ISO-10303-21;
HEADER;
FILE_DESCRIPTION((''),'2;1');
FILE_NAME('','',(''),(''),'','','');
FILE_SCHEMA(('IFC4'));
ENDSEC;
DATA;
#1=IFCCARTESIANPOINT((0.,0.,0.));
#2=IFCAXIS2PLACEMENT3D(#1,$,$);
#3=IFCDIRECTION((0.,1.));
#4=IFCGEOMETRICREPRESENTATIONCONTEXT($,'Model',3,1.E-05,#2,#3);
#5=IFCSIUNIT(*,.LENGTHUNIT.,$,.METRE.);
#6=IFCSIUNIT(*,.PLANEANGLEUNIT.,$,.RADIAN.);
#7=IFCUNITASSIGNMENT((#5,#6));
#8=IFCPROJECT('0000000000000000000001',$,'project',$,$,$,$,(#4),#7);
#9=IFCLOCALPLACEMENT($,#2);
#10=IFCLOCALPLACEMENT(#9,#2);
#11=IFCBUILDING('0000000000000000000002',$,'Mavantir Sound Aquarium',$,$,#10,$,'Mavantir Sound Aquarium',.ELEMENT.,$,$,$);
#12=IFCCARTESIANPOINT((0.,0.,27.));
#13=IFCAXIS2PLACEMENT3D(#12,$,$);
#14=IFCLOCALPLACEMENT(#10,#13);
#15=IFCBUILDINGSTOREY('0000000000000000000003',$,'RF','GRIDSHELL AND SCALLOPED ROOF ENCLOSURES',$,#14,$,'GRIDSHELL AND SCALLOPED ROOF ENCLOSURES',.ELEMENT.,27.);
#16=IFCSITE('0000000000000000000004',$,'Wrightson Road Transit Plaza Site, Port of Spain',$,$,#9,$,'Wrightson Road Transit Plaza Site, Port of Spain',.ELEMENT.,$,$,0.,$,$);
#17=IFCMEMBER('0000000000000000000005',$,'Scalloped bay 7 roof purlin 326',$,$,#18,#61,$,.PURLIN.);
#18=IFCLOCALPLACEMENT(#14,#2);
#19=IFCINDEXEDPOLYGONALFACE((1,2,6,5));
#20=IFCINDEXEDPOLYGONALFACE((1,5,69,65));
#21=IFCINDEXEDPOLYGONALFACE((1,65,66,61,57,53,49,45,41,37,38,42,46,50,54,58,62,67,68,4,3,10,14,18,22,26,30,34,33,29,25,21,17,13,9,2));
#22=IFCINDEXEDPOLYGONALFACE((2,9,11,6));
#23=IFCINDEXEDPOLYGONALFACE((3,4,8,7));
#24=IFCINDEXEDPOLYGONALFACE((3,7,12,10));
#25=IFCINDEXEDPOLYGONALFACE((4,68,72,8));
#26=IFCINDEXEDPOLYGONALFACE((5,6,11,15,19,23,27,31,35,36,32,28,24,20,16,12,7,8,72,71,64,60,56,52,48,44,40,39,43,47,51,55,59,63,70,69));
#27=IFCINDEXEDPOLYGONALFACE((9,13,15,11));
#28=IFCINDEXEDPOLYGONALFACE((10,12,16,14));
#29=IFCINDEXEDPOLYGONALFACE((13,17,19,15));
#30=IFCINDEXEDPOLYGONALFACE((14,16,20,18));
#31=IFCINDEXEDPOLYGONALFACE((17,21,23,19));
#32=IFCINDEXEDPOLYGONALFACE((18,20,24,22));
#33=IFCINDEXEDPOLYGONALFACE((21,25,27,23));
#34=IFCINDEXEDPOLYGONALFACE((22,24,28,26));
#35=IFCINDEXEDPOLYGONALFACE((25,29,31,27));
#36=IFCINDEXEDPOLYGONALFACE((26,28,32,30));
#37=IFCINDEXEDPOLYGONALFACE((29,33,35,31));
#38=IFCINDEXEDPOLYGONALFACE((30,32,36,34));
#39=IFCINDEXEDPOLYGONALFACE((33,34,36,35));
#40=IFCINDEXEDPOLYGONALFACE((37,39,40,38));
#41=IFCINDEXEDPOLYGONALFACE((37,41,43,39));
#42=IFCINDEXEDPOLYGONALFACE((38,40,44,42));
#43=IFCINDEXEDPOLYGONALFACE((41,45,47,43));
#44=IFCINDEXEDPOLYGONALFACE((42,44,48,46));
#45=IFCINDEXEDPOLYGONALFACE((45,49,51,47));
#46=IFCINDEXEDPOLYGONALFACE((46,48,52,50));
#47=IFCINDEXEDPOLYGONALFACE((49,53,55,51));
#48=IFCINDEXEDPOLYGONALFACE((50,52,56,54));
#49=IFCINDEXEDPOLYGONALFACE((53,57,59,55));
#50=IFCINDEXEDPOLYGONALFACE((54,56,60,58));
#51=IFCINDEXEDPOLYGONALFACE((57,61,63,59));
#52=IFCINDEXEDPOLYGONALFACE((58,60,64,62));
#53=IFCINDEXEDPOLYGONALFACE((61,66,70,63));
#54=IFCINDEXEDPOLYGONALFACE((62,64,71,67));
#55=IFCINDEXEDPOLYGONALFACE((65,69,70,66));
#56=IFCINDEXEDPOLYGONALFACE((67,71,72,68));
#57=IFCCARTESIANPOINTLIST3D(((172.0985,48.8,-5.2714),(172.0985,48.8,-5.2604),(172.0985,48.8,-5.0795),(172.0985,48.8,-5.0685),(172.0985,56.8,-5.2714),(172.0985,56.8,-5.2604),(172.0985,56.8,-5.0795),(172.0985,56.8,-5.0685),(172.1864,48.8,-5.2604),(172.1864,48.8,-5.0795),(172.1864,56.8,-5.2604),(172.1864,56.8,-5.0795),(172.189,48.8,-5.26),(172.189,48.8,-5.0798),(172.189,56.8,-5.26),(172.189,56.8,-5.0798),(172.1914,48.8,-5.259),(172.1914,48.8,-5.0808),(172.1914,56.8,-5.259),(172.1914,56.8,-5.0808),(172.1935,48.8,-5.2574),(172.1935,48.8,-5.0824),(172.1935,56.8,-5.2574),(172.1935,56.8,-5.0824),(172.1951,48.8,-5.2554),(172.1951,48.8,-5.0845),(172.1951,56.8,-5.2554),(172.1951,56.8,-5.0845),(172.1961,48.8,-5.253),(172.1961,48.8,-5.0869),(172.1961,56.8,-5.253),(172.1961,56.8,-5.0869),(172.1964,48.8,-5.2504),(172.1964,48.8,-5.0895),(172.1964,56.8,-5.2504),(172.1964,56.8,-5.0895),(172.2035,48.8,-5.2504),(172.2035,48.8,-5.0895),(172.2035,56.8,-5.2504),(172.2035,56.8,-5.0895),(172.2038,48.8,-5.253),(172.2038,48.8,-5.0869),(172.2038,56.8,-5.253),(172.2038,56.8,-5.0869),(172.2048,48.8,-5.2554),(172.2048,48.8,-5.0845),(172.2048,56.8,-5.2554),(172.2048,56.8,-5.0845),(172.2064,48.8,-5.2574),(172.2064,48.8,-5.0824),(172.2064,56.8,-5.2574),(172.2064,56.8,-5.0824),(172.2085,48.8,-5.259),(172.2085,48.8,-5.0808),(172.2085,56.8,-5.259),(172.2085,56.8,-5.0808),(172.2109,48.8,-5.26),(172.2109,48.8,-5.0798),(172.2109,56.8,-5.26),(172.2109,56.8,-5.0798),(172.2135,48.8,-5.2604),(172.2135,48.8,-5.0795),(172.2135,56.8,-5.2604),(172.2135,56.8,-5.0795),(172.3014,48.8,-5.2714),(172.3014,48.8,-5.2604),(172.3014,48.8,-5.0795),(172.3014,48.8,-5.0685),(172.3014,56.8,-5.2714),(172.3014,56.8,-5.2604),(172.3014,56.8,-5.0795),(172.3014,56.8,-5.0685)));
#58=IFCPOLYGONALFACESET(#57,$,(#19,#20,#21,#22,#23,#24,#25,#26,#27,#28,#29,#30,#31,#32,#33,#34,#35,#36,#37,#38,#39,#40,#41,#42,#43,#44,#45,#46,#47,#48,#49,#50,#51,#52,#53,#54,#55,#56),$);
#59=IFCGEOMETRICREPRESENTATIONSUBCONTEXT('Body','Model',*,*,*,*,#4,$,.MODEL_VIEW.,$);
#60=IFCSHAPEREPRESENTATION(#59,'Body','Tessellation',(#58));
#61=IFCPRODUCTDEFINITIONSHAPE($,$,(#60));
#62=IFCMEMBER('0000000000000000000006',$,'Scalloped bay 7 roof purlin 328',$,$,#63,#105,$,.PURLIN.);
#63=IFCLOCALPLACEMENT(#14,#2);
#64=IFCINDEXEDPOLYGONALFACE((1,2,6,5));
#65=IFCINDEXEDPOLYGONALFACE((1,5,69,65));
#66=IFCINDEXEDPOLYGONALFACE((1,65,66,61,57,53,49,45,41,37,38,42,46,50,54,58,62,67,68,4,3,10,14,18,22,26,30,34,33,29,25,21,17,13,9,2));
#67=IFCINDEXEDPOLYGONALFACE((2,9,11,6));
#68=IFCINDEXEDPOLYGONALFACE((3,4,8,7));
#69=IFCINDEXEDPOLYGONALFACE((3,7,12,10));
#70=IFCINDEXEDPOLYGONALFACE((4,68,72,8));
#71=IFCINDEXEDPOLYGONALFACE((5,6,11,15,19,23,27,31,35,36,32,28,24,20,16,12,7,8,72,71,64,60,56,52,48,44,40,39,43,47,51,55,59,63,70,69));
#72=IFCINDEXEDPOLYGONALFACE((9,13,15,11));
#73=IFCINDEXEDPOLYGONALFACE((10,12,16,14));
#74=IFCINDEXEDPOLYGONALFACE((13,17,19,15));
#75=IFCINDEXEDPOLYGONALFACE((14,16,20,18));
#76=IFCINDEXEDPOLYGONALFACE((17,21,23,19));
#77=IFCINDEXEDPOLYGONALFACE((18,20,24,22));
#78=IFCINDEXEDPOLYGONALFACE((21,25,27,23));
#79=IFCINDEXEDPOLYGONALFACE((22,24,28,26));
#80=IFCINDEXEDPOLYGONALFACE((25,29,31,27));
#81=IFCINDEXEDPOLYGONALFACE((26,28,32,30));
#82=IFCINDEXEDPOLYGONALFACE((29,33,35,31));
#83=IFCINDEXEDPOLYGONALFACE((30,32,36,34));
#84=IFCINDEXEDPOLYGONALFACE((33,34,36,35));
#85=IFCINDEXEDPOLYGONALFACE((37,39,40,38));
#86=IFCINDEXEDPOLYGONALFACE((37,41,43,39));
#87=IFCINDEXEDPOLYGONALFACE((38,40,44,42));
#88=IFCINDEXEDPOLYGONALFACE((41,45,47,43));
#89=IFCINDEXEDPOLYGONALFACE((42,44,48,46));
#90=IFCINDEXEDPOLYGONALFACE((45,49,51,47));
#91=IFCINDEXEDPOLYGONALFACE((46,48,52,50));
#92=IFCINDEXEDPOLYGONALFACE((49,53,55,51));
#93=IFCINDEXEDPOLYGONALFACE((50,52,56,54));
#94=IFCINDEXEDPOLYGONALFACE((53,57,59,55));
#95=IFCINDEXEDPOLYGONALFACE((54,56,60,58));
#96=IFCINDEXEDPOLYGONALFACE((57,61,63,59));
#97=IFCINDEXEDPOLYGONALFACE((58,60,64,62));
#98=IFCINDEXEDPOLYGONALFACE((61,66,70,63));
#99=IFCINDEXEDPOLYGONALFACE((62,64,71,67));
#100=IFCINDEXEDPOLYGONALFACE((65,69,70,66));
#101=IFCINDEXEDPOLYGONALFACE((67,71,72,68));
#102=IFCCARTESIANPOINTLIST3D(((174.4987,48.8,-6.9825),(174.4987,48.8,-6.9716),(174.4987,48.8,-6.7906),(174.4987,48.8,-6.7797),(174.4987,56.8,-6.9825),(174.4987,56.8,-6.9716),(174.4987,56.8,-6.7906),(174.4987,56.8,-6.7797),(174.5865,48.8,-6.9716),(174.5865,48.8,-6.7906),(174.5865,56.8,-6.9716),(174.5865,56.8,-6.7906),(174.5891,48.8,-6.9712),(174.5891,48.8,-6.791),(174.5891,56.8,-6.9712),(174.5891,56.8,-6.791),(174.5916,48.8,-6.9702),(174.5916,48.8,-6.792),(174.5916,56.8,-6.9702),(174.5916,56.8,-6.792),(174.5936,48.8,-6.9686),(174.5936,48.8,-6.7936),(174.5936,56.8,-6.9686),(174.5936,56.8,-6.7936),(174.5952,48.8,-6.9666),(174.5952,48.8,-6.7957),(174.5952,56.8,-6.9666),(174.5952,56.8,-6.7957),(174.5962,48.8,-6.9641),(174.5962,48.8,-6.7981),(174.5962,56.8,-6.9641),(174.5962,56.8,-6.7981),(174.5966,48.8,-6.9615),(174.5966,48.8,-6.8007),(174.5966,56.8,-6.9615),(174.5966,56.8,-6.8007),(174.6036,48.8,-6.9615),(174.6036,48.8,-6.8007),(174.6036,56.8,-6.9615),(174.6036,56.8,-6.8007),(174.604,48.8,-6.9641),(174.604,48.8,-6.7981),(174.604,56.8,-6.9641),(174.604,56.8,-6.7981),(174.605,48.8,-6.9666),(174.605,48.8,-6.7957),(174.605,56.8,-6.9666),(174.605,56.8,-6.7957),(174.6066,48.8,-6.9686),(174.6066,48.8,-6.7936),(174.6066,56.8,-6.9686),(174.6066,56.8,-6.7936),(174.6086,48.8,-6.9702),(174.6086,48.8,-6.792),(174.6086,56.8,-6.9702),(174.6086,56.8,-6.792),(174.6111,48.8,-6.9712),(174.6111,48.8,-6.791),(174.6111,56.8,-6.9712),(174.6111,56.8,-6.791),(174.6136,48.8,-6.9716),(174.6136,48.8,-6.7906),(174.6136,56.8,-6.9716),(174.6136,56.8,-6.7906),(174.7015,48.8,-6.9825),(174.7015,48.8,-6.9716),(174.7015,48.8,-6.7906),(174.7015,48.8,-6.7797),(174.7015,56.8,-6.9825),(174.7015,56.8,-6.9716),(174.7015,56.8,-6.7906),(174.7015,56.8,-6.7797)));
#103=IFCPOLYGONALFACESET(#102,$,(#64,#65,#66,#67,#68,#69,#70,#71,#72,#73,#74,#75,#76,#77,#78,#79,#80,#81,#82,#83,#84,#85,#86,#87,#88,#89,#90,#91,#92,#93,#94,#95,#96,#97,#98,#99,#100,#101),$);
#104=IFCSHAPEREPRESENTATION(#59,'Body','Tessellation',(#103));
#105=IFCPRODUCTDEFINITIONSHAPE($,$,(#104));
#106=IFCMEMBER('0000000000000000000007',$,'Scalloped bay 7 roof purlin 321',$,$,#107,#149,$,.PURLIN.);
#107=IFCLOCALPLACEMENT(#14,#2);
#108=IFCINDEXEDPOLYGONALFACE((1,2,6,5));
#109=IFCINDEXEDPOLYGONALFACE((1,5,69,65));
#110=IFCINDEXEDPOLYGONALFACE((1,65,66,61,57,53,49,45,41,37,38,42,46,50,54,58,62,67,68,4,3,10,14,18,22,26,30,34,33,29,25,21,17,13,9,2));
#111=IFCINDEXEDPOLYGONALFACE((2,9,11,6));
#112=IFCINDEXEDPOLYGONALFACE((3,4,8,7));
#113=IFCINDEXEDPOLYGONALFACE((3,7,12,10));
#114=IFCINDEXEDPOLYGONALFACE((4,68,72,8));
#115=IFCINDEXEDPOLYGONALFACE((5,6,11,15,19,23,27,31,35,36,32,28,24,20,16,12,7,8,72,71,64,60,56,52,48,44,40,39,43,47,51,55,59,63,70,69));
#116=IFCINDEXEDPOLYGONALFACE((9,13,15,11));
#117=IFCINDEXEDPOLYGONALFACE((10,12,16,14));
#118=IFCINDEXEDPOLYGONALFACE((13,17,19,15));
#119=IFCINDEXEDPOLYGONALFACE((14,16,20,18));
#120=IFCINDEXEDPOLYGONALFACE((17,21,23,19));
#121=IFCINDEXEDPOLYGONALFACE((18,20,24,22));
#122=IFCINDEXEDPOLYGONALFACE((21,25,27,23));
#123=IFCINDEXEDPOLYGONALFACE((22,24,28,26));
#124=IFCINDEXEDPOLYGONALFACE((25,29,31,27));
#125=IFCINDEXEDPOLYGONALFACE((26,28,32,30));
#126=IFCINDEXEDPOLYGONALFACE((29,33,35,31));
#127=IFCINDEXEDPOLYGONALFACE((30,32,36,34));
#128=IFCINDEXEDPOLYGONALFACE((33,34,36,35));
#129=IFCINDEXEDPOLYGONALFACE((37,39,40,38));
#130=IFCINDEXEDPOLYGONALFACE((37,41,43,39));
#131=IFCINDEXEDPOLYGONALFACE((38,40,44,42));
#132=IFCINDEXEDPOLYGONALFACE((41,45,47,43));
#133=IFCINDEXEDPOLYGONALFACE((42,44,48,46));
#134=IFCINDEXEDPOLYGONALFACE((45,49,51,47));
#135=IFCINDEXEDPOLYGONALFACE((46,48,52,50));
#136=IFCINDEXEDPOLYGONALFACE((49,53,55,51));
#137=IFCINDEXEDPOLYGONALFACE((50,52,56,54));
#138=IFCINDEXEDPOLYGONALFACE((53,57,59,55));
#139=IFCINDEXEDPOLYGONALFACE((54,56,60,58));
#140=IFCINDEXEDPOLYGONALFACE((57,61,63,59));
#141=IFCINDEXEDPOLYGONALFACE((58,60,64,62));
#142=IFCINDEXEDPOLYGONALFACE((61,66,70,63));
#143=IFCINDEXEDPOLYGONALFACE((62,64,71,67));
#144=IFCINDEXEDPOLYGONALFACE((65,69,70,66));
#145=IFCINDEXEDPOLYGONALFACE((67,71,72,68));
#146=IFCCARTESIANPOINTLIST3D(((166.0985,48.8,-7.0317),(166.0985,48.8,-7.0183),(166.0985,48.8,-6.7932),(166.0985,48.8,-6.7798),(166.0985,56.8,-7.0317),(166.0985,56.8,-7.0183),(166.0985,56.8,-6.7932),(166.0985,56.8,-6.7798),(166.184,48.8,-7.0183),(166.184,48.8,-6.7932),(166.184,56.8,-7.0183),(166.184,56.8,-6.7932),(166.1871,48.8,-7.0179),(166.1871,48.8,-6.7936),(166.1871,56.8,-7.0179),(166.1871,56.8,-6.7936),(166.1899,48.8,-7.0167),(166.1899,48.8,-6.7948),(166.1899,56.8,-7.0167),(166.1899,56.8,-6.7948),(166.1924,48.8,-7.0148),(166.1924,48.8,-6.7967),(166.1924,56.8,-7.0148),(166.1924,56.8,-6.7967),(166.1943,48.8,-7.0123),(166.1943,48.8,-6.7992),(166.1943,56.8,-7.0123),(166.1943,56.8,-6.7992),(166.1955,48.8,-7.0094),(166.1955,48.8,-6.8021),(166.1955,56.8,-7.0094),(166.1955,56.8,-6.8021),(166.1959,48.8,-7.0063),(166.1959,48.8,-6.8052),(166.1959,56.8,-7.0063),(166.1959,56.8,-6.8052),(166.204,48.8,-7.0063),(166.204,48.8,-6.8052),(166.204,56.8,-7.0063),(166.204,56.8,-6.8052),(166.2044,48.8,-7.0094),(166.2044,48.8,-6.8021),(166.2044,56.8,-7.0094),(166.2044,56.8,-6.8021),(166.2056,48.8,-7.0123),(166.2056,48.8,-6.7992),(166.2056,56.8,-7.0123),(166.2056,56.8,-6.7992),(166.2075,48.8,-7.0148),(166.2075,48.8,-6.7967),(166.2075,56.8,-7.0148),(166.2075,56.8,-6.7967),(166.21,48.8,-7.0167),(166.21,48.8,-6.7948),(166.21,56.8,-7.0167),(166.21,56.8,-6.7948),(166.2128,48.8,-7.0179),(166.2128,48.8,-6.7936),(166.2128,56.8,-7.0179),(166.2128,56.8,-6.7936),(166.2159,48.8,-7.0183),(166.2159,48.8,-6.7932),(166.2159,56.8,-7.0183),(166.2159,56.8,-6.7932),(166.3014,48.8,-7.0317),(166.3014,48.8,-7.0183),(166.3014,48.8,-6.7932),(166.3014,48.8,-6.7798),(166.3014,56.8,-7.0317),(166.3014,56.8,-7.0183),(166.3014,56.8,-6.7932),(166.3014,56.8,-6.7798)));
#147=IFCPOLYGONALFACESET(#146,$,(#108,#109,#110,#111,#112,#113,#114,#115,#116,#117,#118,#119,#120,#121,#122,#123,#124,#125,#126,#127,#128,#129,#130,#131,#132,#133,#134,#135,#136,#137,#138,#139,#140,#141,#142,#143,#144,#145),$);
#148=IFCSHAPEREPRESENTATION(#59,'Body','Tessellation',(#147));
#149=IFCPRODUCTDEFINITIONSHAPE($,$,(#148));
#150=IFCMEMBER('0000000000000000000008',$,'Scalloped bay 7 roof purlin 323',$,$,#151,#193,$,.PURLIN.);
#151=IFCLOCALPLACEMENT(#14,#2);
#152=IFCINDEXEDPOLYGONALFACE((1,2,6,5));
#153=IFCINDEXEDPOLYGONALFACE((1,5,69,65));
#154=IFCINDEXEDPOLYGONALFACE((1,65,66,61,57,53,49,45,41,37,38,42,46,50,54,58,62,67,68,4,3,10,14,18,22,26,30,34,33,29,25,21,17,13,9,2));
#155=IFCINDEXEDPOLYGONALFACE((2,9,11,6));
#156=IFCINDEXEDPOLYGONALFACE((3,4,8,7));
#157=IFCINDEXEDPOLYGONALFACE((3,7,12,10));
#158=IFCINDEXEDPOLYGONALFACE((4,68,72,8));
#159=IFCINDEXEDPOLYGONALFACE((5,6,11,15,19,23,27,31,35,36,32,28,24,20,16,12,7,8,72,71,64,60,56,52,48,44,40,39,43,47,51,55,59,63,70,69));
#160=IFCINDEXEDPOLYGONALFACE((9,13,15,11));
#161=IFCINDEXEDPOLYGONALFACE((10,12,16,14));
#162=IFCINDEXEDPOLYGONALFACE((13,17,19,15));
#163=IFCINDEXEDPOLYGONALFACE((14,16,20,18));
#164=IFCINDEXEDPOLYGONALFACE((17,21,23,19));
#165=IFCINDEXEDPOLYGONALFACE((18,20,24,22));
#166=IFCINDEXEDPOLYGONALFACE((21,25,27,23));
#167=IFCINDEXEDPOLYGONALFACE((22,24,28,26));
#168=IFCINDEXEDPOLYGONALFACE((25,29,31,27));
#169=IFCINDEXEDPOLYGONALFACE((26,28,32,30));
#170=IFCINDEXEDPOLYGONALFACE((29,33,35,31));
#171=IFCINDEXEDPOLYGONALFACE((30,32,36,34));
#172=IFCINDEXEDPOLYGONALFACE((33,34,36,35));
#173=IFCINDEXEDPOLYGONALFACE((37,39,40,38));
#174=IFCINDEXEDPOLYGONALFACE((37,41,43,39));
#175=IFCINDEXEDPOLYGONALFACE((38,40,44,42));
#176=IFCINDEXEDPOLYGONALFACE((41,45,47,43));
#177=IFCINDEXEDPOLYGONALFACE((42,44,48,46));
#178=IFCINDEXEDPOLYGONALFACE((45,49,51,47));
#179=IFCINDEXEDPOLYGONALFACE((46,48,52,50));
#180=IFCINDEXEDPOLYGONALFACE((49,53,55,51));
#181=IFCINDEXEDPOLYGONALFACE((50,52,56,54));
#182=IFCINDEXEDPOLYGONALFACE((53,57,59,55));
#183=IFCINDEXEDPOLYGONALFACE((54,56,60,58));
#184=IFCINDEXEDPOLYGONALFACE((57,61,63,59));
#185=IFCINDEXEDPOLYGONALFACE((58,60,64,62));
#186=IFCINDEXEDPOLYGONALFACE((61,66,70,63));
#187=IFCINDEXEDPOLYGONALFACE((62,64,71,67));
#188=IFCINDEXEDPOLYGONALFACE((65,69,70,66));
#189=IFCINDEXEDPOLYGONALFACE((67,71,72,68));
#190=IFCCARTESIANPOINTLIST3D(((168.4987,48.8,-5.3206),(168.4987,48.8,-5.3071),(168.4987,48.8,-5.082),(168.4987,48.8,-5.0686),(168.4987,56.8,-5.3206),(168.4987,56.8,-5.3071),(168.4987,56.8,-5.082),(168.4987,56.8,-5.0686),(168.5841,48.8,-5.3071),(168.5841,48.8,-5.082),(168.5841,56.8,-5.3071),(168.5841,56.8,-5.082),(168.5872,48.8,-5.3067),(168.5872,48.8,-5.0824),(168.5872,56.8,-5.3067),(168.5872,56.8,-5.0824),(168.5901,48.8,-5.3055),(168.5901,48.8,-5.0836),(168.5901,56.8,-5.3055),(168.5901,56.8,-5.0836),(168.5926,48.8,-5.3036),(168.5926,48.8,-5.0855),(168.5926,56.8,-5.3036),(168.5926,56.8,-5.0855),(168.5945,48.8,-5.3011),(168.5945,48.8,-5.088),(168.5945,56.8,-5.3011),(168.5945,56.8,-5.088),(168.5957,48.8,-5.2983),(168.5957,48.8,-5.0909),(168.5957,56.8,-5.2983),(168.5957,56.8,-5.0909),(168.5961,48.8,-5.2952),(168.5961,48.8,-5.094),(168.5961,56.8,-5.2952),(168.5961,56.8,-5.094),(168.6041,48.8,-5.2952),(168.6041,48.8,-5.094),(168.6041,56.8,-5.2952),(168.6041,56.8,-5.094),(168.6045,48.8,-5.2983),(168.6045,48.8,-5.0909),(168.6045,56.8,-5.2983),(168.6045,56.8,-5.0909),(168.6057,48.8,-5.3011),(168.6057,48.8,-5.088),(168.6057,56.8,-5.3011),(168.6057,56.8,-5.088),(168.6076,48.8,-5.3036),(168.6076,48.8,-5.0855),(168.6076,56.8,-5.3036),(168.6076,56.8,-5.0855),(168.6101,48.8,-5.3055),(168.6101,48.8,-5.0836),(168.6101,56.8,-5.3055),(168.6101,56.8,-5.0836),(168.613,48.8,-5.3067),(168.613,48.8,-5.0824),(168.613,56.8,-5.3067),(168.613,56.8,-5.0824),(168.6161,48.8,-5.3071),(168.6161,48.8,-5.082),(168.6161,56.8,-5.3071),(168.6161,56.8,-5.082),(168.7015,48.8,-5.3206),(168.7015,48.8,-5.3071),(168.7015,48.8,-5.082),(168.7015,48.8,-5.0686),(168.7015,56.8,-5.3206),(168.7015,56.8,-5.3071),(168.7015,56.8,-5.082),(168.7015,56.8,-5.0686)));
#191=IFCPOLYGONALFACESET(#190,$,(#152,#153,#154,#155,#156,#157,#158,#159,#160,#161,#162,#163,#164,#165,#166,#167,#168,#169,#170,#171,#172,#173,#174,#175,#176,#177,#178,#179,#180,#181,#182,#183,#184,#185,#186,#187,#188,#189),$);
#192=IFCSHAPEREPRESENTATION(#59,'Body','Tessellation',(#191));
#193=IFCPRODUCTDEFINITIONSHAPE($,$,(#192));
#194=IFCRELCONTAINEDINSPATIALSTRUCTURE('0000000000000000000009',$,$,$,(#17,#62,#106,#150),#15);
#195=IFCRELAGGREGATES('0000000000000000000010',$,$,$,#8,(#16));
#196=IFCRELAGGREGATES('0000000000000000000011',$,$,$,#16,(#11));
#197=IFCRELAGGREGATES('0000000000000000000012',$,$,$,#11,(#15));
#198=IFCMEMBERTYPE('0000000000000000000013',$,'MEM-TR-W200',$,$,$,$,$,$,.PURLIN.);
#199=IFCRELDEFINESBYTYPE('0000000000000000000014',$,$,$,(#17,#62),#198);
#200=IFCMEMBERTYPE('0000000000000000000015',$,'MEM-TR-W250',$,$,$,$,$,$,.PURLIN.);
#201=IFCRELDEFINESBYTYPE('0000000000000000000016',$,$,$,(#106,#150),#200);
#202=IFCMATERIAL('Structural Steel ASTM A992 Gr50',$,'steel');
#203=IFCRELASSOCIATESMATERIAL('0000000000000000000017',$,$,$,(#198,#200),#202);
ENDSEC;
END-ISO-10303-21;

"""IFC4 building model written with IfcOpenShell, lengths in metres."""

from ifc_helpers import new_model, si_unit, direction, frame, origin, origin_2d, place, context, subcontext, project, spatial, i_section, extrude, material, material_profile, profile_set, type_object, element, save


model = new_model("IFC4")

# Units and contexts
model_context = context("Model", 3, precision=1e-05, world=origin(), true_north=direction((0.0, 1.0)))
body_context = subcontext(model_context, "Body", "Model", "MODEL_VIEW")
ifc_project = project(units=[si_unit("LENGTHUNIT", "METRE"), si_unit("PLANEANGLEUNIT", "RADIAN")], contexts=[model_context])

# Site, building, storey
site_placement = place(None, origin())
site = spatial("IfcSite", under=ifc_project, at=site_placement, Name="Wrightson Road Transit Plaza Site, Port of Spain", LongName="Wrightson Road Transit Plaza Site, Port of Spain", CompositionType="ELEMENT", RefElevation=0.0)
building_placement = place(site_placement, origin())
building = spatial("IfcBuilding", under=site, at=building_placement, Name="Mavantir Sound Aquarium", LongName="Mavantir Sound Aquarium", CompositionType="ELEMENT")
storey_placement = place(building_placement, frame((0.0, 0.0, 27.0)))
storey = spatial("IfcBuildingStorey", under=building, at=storey_placement, Name="RF", Description="GRIDSHELL AND SCALLOPED ROOF ENCLOSURES", LongName="GRIDSHELL AND SCALLOPED ROOF ENCLOSURES", CompositionType="ELEMENT", Elevation=27.0)

# Shared definitions
ifc_material_1 = material(Name="Structural Steel ASTM A992 Gr50", Category="steel")

# Members
ifc_material_profile_1 = material_profile(ifc_material_1, i_section(OverallWidth=0.2029, OverallDepth=0.2029, WebThickness=0.0071, FlangeThickness=0.011, FilletRadius=0.01, at=origin_2d()), Name="W200X46")
ifc_profile_set_1 = profile_set([ifc_material_profile_1], Name="Structural Steel ASTM A992 Gr50")
member_type_1 = type_object("IfcMemberType", Name="MEM-TR-W200", PredefinedType="PURLIN", material=ifc_profile_set_1)
for number, where, z_axis, x_axis, name in (
    (1, (172.2, 48.8, -5.1699), (0.0, 1.0, 0.0), (-1.0, 0.0, 0.0), "Scalloped bay 7 roof purlin 326"),
    (2, (174.6001, 48.8, -6.8811), (0.0, 1.0, 0.0), (-1.0, 0.0, 0.0), "Scalloped bay 7 roof purlin 328"),
):
    element("IfcMember", number, at=place(storey_placement, frame(where, z_axis=z_axis, x_axis=x_axis)), inside=storey, type_object=member_type_1, Name=name, PredefinedType="PURLIN", context=body_context, shape_type="SweptSolid", body=[
        extrude(i_section(OverallWidth=0.2029, OverallDepth=0.2029, WebThickness=0.0071, FlangeThickness=0.011, FilletRadius=0.01, at=origin_2d()), origin(), (0.0, 0.0, 1.0), 8.0),
    ])
ifc_material_profile_2 = material_profile(ifc_material_1, i_section(OverallWidth=0.2029, OverallDepth=0.252, WebThickness=0.0081, FlangeThickness=0.0134, FilletRadius=0.012, at=origin_2d()), Name="W250X58")
ifc_profile_set_2 = profile_set([ifc_material_profile_2], Name="Structural Steel ASTM A992 Gr50")
member_type_2 = type_object("IfcMemberType", Name="MEM-TR-W250", PredefinedType="PURLIN", material=ifc_profile_set_2)
for number, where, z_axis, x_axis, name in (
    (3, (166.2, 48.8, -6.9058), (0.0, 1.0, 0.0), (-1.0, 0.0, 0.0), "Scalloped bay 7 roof purlin 321"),
    (4, (168.6001, 48.8, -5.1946), (0.0, 1.0, 0.0), (-1.0, 0.0, 0.0), "Scalloped bay 7 roof purlin 323"),
):
    element("IfcMember", number, at=place(storey_placement, frame(where, z_axis=z_axis, x_axis=x_axis)), inside=storey, type_object=member_type_2, Name=name, PredefinedType="PURLIN", context=body_context, shape_type="SweptSolid", body=[
        extrude(i_section(OverallWidth=0.2029, OverallDepth=0.252, WebThickness=0.0081, FlangeThickness=0.0134, FilletRadius=0.012, at=origin_2d()), origin(), (0.0, 0.0, 1.0), 8.0),
    ])

save(model, "model.ifc")
